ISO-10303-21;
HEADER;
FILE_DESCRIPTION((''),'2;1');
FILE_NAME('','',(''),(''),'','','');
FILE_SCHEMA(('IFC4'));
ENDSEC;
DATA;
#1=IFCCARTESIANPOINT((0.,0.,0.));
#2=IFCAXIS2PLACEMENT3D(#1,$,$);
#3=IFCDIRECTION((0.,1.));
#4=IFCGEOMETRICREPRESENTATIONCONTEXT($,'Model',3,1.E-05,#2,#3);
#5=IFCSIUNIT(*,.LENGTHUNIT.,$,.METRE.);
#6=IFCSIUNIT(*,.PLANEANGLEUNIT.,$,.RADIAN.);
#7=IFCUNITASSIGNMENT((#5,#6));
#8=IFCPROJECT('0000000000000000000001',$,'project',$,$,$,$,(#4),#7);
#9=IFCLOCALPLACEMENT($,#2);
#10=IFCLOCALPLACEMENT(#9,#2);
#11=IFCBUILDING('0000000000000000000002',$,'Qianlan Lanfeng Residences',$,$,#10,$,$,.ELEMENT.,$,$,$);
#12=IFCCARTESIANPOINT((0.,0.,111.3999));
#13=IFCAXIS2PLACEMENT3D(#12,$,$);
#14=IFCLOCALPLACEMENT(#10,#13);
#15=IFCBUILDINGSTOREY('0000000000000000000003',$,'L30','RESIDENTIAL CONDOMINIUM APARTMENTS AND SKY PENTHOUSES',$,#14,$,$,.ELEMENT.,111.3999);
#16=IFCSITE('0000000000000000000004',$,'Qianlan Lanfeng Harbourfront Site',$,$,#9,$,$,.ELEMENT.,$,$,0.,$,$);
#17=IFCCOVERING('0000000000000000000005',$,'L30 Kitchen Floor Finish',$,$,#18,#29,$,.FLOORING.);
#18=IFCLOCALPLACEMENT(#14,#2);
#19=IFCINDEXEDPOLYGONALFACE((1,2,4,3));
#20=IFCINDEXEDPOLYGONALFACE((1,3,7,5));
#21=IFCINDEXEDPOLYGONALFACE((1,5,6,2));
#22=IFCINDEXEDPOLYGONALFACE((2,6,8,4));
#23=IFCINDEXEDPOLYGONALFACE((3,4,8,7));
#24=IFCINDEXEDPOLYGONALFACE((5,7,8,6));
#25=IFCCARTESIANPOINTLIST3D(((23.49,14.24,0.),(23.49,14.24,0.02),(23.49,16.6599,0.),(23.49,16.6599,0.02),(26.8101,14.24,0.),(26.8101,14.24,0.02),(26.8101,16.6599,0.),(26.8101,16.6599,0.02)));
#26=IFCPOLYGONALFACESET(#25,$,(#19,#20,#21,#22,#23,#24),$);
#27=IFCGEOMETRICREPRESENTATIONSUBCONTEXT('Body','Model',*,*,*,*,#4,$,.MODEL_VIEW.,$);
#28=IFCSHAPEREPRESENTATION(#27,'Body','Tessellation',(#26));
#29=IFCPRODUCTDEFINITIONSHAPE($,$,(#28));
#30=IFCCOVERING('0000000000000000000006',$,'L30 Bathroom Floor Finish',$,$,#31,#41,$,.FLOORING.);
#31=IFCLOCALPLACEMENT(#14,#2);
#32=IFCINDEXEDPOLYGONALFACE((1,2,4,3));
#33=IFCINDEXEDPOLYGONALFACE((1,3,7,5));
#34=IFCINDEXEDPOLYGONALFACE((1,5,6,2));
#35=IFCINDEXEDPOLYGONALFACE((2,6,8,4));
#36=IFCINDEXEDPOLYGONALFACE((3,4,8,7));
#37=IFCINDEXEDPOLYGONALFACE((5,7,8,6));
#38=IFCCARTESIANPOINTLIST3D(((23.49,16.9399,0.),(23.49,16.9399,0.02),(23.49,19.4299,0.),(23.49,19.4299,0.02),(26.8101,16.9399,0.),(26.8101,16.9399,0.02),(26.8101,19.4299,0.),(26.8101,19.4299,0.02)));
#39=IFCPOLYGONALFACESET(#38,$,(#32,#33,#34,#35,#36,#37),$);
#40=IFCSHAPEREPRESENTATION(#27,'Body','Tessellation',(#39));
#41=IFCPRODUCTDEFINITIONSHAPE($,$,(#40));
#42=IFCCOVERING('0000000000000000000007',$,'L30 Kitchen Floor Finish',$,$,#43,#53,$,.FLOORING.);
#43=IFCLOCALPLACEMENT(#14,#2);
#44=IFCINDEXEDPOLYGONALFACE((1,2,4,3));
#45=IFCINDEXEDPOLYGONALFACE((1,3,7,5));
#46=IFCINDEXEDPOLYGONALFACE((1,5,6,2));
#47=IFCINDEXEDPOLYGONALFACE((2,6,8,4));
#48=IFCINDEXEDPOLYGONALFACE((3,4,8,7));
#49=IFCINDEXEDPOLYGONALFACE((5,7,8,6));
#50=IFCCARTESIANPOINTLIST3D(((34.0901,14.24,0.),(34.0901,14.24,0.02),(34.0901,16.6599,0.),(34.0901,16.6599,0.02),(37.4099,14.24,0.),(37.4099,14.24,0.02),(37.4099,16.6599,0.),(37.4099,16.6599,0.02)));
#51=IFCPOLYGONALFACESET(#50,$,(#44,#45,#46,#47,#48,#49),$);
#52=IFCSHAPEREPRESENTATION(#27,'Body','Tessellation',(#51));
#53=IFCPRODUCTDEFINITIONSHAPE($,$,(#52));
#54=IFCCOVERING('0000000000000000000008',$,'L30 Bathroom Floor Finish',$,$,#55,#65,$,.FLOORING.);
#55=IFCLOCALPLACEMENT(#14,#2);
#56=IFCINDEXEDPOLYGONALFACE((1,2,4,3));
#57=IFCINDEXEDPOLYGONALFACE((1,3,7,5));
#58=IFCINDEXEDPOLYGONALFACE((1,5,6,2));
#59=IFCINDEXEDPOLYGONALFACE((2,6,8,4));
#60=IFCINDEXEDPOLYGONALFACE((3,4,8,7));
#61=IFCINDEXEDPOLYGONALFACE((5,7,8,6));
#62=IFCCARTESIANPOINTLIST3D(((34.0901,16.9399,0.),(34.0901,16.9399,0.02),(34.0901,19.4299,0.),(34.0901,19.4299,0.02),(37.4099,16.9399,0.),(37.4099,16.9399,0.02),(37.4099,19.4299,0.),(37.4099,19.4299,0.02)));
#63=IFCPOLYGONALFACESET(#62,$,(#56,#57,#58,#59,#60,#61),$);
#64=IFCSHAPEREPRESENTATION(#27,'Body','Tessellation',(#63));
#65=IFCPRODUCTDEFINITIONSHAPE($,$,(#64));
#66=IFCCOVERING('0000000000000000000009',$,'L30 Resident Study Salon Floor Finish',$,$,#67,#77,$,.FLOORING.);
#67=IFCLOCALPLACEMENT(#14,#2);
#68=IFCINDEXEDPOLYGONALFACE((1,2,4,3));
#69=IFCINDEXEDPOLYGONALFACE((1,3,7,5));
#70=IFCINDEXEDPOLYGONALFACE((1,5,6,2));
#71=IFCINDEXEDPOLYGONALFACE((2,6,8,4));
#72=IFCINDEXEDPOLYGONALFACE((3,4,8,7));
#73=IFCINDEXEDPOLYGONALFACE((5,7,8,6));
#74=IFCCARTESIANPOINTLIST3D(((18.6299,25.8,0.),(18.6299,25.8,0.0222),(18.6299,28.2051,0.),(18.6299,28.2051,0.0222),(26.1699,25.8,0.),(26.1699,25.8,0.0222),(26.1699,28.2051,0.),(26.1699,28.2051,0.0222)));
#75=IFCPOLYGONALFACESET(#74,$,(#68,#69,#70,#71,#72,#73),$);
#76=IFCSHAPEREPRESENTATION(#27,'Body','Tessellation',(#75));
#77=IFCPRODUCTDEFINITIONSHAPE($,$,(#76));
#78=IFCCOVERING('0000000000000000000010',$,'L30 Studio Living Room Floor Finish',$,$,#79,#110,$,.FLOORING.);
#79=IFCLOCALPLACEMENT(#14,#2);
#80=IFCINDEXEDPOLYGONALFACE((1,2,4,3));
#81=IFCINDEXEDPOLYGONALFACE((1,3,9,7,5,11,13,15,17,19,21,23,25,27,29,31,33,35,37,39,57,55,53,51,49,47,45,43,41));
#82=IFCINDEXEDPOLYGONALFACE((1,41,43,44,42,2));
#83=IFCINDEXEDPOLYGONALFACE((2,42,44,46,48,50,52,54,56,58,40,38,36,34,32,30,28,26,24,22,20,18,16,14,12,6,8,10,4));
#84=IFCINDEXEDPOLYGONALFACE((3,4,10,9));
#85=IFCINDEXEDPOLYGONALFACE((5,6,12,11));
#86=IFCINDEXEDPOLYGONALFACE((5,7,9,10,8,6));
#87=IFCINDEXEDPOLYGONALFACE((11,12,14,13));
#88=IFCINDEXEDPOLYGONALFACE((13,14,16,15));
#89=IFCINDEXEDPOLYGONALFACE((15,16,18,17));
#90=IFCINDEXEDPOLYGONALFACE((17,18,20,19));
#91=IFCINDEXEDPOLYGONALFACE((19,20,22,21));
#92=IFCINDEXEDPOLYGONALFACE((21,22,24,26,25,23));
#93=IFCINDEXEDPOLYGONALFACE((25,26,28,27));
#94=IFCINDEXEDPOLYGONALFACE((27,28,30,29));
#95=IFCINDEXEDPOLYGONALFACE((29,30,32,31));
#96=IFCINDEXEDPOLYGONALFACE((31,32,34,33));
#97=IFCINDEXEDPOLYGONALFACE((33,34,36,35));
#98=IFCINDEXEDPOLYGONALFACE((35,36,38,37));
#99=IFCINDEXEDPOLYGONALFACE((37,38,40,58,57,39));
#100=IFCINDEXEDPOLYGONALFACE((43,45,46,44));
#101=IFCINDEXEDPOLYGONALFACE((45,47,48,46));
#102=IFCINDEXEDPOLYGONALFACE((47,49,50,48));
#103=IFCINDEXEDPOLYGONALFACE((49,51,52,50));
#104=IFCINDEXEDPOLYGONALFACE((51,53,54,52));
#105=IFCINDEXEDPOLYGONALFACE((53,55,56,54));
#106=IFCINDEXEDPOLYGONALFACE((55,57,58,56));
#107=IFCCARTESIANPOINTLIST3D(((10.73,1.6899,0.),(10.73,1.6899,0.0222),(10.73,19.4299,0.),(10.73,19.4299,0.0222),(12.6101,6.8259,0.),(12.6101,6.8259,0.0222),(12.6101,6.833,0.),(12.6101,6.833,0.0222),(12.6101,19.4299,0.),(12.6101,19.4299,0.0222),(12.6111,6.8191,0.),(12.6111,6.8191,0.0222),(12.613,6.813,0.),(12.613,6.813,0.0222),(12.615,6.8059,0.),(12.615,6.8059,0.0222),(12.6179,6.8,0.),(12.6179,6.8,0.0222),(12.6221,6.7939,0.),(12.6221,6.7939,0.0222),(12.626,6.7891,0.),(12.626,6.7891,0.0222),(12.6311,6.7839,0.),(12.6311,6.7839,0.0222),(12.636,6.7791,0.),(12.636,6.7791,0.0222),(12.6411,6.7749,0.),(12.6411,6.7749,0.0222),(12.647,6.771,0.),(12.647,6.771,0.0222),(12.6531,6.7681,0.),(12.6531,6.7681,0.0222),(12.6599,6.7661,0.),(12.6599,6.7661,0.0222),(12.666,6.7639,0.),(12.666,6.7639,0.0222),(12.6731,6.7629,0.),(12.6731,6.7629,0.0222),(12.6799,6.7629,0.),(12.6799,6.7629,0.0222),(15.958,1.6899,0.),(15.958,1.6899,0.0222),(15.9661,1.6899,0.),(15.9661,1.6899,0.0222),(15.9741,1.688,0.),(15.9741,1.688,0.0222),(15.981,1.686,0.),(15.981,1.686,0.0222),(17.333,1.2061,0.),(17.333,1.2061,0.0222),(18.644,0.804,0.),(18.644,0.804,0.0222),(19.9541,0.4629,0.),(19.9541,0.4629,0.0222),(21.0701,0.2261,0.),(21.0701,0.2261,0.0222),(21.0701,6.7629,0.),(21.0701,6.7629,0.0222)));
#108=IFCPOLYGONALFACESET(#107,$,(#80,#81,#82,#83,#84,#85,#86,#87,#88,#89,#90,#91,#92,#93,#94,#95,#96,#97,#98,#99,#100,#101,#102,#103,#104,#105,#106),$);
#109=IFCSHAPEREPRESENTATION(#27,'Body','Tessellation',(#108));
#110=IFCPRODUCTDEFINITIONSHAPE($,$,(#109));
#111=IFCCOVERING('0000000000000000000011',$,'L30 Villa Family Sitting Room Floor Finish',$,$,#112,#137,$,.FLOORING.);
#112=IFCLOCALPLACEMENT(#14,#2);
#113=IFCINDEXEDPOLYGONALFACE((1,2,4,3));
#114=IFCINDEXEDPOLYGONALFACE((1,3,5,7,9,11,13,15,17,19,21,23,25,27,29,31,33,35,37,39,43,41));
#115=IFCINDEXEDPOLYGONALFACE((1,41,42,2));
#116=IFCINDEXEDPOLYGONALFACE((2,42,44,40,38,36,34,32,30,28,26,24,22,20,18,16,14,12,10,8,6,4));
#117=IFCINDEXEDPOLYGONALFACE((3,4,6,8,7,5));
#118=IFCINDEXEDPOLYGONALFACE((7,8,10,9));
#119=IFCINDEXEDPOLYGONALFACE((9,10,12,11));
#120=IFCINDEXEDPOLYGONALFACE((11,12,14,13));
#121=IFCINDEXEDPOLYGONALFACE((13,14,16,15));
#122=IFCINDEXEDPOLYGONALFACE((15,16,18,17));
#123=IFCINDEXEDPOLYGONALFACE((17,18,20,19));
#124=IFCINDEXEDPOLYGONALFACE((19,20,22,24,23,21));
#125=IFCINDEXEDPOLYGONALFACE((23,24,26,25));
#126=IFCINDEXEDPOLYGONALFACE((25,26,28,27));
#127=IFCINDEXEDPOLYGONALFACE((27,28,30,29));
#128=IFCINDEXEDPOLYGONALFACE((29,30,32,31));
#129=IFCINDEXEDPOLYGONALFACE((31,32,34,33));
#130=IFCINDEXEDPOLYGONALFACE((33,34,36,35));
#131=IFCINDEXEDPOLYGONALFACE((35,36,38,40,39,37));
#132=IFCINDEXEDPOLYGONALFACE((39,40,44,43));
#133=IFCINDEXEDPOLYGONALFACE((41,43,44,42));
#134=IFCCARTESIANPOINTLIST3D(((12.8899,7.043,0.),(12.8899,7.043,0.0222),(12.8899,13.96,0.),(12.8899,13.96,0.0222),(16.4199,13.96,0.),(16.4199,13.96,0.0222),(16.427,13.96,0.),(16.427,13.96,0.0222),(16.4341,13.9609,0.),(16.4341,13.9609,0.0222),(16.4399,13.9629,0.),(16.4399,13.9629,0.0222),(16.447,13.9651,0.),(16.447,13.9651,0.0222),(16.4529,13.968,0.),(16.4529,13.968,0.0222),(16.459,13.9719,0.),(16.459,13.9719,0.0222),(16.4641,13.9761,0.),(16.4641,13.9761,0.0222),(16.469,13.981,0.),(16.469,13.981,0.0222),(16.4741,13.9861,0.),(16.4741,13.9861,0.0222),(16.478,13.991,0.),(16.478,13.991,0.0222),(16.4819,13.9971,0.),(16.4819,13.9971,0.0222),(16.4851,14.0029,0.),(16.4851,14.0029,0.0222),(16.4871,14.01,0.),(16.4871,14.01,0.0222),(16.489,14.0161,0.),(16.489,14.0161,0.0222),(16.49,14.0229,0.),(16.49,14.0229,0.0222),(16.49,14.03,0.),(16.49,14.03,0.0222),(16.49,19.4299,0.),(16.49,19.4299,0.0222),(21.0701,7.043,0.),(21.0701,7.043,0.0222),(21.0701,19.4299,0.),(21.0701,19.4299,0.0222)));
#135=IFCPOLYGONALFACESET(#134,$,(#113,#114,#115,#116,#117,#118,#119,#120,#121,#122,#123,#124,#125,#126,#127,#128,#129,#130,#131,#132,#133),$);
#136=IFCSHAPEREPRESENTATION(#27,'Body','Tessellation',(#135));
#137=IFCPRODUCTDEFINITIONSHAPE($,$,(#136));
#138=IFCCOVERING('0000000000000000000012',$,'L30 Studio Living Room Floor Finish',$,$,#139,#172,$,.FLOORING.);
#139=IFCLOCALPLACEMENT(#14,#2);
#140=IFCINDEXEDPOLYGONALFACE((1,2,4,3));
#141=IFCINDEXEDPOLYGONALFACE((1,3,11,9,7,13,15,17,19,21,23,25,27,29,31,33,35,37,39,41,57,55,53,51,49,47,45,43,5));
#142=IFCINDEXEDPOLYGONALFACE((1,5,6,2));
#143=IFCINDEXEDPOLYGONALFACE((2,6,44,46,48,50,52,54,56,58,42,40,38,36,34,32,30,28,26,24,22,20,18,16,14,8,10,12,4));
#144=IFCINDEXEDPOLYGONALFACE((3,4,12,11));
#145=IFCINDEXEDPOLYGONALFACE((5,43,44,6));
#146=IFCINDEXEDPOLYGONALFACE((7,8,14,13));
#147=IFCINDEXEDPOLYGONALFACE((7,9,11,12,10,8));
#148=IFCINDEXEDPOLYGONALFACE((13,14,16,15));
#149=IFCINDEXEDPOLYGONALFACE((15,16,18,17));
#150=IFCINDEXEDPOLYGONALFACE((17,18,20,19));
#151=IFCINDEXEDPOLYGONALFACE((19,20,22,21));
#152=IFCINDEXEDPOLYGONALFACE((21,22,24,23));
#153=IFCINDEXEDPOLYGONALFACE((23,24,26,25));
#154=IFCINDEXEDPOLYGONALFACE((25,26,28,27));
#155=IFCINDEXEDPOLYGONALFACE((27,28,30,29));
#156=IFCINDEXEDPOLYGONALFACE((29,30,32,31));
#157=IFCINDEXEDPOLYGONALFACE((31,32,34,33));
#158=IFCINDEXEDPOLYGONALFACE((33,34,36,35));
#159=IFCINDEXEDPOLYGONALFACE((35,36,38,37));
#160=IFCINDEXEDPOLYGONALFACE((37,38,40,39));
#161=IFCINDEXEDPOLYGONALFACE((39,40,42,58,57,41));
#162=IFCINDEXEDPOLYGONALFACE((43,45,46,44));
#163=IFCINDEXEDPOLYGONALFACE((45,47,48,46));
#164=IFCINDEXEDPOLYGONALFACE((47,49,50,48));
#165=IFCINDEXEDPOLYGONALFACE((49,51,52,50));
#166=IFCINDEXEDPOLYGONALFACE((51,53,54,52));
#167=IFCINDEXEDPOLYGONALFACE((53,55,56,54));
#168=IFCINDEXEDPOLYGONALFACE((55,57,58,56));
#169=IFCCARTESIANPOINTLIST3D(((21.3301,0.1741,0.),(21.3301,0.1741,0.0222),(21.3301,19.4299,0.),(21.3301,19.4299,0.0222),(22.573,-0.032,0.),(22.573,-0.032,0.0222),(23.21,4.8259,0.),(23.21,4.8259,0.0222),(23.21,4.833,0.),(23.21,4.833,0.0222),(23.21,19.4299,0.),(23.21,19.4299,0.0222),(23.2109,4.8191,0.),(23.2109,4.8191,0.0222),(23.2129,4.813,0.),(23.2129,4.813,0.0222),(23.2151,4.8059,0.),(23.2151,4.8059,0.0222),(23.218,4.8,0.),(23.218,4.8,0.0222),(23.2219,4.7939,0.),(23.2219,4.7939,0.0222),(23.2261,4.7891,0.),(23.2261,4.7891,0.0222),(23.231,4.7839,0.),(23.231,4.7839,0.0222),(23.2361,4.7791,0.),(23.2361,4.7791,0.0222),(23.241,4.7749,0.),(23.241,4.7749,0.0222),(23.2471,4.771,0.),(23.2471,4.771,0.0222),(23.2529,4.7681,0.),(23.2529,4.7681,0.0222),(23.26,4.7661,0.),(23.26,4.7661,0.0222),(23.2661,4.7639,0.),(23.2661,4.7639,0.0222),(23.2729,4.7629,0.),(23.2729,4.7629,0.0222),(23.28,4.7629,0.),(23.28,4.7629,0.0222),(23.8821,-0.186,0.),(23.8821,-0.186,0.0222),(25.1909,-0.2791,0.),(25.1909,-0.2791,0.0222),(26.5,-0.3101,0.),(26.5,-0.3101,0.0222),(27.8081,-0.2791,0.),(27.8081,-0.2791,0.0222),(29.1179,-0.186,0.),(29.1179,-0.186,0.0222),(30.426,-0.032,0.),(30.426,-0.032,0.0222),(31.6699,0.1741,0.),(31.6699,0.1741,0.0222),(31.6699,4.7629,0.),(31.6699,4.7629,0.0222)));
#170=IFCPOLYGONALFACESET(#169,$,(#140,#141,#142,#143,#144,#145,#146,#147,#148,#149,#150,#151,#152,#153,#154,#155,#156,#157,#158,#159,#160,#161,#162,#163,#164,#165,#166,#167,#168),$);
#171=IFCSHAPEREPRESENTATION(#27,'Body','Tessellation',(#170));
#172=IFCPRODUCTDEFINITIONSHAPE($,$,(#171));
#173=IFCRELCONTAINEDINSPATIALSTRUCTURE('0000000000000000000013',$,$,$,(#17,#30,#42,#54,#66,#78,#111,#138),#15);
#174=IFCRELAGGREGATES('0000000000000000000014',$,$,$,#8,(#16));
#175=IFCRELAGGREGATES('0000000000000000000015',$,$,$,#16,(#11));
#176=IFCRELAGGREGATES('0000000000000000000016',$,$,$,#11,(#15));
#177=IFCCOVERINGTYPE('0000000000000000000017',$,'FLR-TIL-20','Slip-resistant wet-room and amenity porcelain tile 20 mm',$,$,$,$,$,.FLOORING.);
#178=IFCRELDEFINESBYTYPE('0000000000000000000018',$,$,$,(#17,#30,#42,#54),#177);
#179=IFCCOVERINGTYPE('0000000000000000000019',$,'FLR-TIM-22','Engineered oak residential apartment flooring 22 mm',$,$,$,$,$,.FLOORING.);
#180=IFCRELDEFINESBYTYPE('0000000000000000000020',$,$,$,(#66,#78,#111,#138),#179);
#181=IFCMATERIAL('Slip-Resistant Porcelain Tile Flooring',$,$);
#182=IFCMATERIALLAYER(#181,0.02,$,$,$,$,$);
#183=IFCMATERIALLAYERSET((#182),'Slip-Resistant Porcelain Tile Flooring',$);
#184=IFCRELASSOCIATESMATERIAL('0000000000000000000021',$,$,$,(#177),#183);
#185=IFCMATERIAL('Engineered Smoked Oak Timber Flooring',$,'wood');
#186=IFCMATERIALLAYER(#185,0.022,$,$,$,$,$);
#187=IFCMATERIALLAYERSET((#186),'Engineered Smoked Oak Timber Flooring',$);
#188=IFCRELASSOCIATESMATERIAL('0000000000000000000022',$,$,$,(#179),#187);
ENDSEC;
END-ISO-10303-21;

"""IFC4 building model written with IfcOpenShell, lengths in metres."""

from ifc_helpers import new_model, si_unit, direction, frame, origin, place, context, subcontext, project, spatial, polyline, outline, extrude, material, layer, layer_set, type_object, element, save


model = new_model("IFC4")

# Units and contexts
model_context = context("Model", 3, precision=1e-05, world=origin(), true_north=direction((0.0, 1.0)))
body_context = subcontext(model_context, "Body", "Model", "MODEL_VIEW")
ifc_project = project(units=[si_unit("LENGTHUNIT", "METRE"), si_unit("PLANEANGLEUNIT", "RADIAN")], contexts=[model_context])

# Site, building, storey
site_placement = place(None, origin())
site = spatial("IfcSite", under=ifc_project, at=site_placement, Name="Qianlan Lanfeng Harbourfront Site", CompositionType="ELEMENT", RefElevation=0.0)
building_placement = place(site_placement, origin())
building = spatial("IfcBuilding", under=site, at=building_placement, Name="Qianlan Lanfeng Residences", CompositionType="ELEMENT")
storey_placement = place(building_placement, frame((0.0, 0.0, 111.3999)))
storey = spatial("IfcBuildingStorey", under=building, at=storey_placement, Name="L30", Description="RESIDENTIAL CONDOMINIUM APARTMENTS AND SKY PENTHOUSES", CompositionType="ELEMENT", Elevation=111.3999)

# Coverings
ifc_material_1 = material(Name="Slip-Resistant Porcelain Tile Flooring")
ifc_layer_1 = layer(ifc_material_1, 0.02)
ifc_layer_set_1 = layer_set([ifc_layer_1], Name="Slip-Resistant Porcelain Tile Flooring")
covering_type_1 = type_object("IfcCoveringType", Name="FLR-TIL-20", Description="Slip-resistant wet-room and amenity porcelain tile 20 mm", PredefinedType="FLOORING", material=ifc_layer_set_1)
covering_1_placement = place(storey_placement, origin())
element("IfcCovering", 1, at=covering_1_placement, inside=storey, type_object=covering_type_1, Name="L30 Kitchen Floor Finish", PredefinedType="FLOORING", context=body_context, shape_type="SweptSolid", body=[
    extrude(outline(polyline([(23.49, 14.24), (26.8101, 14.24), (26.8101, 16.6599), (23.49, 16.6599), (23.49, 14.24)])), origin(), (0.0, 0.0, 1.0), 0.02),
])
covering_2_placement = place(storey_placement, origin())
element("IfcCovering", 2, at=covering_2_placement, inside=storey, type_object=covering_type_1, Name="L30 Bathroom Floor Finish", PredefinedType="FLOORING", context=body_context, shape_type="SweptSolid", body=[
    extrude(outline(polyline([(23.49, 16.9399), (26.8101, 16.9399), (26.8101, 19.4299), (23.49, 19.4299), (23.49, 16.9399)])), origin(), (0.0, 0.0, 1.0), 0.02),
])
covering_3_placement = place(storey_placement, origin())
element("IfcCovering", 3, at=covering_3_placement, inside=storey, type_object=covering_type_1, Name="L30 Kitchen Floor Finish", PredefinedType="FLOORING", context=body_context, shape_type="SweptSolid", body=[
    extrude(outline(polyline([(34.0901, 14.24), (37.4099, 14.24), (37.4099, 16.6599), (34.0901, 16.6599), (34.0901, 14.24)])), origin(), (0.0, 0.0, 1.0), 0.02),
])
covering_4_placement = place(storey_placement, origin())
element("IfcCovering", 4, at=covering_4_placement, inside=storey, type_object=covering_type_1, Name="L30 Bathroom Floor Finish", PredefinedType="FLOORING", context=body_context, shape_type="SweptSolid", body=[
    extrude(outline(polyline([(34.0901, 16.9399), (37.4099, 16.9399), (37.4099, 19.4299), (34.0901, 19.4299), (34.0901, 16.9399)])), origin(), (0.0, 0.0, 1.0), 0.02),
])
ifc_material_2 = material(Name="Engineered Smoked Oak Timber Flooring", Category="wood")
ifc_layer_2 = layer(ifc_material_2, 0.022)
ifc_layer_set_2 = layer_set([ifc_layer_2], Name="Engineered Smoked Oak Timber Flooring")
covering_type_2 = type_object("IfcCoveringType", Name="FLR-TIM-22", Description="Engineered oak residential apartment flooring 22 mm", PredefinedType="FLOORING", material=ifc_layer_set_2)
covering_5_placement = place(storey_placement, origin())
element("IfcCovering", 5, at=covering_5_placement, inside=storey, type_object=covering_type_2, Name="L30 Resident Study Salon Floor Finish", PredefinedType="FLOORING", context=body_context, shape_type="SweptSolid", body=[
    extrude(outline(polyline([(18.6299, 25.8), (26.1699, 25.8), (26.1699, 28.2051), (18.6299, 28.2051), (18.6299, 25.8)])), origin(), (0.0, 0.0, 1.0), 0.0222),
])
covering_6_placement = place(storey_placement, origin())
element("IfcCovering", 6, at=covering_6_placement, inside=storey, type_object=covering_type_2, Name="L30 Studio Living Room Floor Finish", PredefinedType="FLOORING", context=body_context, shape_type="SweptSolid", body=[
    extrude(outline(polyline([(21.0701, 0.2261), (21.0701, 6.7629), (12.6799, 6.7629), (12.6731, 6.7629), (12.666, 6.7639), (12.6599, 6.7661), (12.6531, 6.7681), (12.647, 6.771), (12.6411, 6.7749), (12.636, 6.7791), (12.6311, 6.7839), (12.626, 6.7891), (12.6221, 6.7939), (12.6179, 6.8), (12.615, 6.8059), (12.613, 6.813), (12.6111, 6.8191), (12.6101, 6.8259), (12.6101, 6.833), (12.6101, 19.4299), (10.73, 19.4299), (10.73, 1.6899), (15.958, 1.6899), (15.9661, 1.6899), (15.9741, 1.688), (15.981, 1.686), (17.333, 1.2061), (18.644, 0.804), (19.9541, 0.4629), (21.0701, 0.2261)])), origin(), (0.0, 0.0, 1.0), 0.0222),
])
covering_7_placement = place(storey_placement, origin())
element("IfcCovering", 7, at=covering_7_placement, inside=storey, type_object=covering_type_2, Name="L30 Villa Family Sitting Room Floor Finish", PredefinedType="FLOORING", context=body_context, shape_type="SweptSolid", body=[
    extrude(outline(polyline([(12.8899, 7.043), (21.0701, 7.043), (21.0701, 19.4299), (16.49, 19.4299), (16.49, 14.03), (16.49, 14.0229), (16.489, 14.0161), (16.4871, 14.01), (16.4851, 14.0029), (16.4819, 13.9971), (16.478, 13.991), (16.4741, 13.9861), (16.469, 13.981), (16.4641, 13.9761), (16.459, 13.9719), (16.4529, 13.968), (16.447, 13.9651), (16.4399, 13.9629), (16.4341, 13.9609), (16.427, 13.96), (16.4199, 13.96), (12.8899, 13.96), (12.8899, 7.043)])), origin(), (0.0, 0.0, 1.0), 0.0222),
])
covering_8_placement = place(storey_placement, origin())
element("IfcCovering", 8, at=covering_8_placement, inside=storey, type_object=covering_type_2, Name="L30 Studio Living Room Floor Finish", PredefinedType="FLOORING", context=body_context, shape_type="SweptSolid", body=[
    extrude(outline(polyline([(31.6699, 0.1741), (31.6699, 4.7629), (23.28, 4.7629), (23.2729, 4.7629), (23.2661, 4.7639), (23.26, 4.7661), (23.2529, 4.7681), (23.2471, 4.771), (23.241, 4.7749), (23.2361, 4.7791), (23.231, 4.7839), (23.2261, 4.7891), (23.2219, 4.7939), (23.218, 4.8), (23.2151, 4.8059), (23.2129, 4.813), (23.2109, 4.8191), (23.21, 4.8259), (23.21, 4.833), (23.21, 19.4299), (21.3301, 19.4299), (21.3301, 0.1741), (22.573, -0.032), (23.8821, -0.186), (25.1909, -0.2791), (26.5, -0.3101), (27.8081, -0.2791), (29.1179, -0.186), (30.426, -0.032), (31.6699, 0.1741)])), origin(), (0.0, 0.0, 1.0), 0.0222),
])

save(model, "model.ifc")
